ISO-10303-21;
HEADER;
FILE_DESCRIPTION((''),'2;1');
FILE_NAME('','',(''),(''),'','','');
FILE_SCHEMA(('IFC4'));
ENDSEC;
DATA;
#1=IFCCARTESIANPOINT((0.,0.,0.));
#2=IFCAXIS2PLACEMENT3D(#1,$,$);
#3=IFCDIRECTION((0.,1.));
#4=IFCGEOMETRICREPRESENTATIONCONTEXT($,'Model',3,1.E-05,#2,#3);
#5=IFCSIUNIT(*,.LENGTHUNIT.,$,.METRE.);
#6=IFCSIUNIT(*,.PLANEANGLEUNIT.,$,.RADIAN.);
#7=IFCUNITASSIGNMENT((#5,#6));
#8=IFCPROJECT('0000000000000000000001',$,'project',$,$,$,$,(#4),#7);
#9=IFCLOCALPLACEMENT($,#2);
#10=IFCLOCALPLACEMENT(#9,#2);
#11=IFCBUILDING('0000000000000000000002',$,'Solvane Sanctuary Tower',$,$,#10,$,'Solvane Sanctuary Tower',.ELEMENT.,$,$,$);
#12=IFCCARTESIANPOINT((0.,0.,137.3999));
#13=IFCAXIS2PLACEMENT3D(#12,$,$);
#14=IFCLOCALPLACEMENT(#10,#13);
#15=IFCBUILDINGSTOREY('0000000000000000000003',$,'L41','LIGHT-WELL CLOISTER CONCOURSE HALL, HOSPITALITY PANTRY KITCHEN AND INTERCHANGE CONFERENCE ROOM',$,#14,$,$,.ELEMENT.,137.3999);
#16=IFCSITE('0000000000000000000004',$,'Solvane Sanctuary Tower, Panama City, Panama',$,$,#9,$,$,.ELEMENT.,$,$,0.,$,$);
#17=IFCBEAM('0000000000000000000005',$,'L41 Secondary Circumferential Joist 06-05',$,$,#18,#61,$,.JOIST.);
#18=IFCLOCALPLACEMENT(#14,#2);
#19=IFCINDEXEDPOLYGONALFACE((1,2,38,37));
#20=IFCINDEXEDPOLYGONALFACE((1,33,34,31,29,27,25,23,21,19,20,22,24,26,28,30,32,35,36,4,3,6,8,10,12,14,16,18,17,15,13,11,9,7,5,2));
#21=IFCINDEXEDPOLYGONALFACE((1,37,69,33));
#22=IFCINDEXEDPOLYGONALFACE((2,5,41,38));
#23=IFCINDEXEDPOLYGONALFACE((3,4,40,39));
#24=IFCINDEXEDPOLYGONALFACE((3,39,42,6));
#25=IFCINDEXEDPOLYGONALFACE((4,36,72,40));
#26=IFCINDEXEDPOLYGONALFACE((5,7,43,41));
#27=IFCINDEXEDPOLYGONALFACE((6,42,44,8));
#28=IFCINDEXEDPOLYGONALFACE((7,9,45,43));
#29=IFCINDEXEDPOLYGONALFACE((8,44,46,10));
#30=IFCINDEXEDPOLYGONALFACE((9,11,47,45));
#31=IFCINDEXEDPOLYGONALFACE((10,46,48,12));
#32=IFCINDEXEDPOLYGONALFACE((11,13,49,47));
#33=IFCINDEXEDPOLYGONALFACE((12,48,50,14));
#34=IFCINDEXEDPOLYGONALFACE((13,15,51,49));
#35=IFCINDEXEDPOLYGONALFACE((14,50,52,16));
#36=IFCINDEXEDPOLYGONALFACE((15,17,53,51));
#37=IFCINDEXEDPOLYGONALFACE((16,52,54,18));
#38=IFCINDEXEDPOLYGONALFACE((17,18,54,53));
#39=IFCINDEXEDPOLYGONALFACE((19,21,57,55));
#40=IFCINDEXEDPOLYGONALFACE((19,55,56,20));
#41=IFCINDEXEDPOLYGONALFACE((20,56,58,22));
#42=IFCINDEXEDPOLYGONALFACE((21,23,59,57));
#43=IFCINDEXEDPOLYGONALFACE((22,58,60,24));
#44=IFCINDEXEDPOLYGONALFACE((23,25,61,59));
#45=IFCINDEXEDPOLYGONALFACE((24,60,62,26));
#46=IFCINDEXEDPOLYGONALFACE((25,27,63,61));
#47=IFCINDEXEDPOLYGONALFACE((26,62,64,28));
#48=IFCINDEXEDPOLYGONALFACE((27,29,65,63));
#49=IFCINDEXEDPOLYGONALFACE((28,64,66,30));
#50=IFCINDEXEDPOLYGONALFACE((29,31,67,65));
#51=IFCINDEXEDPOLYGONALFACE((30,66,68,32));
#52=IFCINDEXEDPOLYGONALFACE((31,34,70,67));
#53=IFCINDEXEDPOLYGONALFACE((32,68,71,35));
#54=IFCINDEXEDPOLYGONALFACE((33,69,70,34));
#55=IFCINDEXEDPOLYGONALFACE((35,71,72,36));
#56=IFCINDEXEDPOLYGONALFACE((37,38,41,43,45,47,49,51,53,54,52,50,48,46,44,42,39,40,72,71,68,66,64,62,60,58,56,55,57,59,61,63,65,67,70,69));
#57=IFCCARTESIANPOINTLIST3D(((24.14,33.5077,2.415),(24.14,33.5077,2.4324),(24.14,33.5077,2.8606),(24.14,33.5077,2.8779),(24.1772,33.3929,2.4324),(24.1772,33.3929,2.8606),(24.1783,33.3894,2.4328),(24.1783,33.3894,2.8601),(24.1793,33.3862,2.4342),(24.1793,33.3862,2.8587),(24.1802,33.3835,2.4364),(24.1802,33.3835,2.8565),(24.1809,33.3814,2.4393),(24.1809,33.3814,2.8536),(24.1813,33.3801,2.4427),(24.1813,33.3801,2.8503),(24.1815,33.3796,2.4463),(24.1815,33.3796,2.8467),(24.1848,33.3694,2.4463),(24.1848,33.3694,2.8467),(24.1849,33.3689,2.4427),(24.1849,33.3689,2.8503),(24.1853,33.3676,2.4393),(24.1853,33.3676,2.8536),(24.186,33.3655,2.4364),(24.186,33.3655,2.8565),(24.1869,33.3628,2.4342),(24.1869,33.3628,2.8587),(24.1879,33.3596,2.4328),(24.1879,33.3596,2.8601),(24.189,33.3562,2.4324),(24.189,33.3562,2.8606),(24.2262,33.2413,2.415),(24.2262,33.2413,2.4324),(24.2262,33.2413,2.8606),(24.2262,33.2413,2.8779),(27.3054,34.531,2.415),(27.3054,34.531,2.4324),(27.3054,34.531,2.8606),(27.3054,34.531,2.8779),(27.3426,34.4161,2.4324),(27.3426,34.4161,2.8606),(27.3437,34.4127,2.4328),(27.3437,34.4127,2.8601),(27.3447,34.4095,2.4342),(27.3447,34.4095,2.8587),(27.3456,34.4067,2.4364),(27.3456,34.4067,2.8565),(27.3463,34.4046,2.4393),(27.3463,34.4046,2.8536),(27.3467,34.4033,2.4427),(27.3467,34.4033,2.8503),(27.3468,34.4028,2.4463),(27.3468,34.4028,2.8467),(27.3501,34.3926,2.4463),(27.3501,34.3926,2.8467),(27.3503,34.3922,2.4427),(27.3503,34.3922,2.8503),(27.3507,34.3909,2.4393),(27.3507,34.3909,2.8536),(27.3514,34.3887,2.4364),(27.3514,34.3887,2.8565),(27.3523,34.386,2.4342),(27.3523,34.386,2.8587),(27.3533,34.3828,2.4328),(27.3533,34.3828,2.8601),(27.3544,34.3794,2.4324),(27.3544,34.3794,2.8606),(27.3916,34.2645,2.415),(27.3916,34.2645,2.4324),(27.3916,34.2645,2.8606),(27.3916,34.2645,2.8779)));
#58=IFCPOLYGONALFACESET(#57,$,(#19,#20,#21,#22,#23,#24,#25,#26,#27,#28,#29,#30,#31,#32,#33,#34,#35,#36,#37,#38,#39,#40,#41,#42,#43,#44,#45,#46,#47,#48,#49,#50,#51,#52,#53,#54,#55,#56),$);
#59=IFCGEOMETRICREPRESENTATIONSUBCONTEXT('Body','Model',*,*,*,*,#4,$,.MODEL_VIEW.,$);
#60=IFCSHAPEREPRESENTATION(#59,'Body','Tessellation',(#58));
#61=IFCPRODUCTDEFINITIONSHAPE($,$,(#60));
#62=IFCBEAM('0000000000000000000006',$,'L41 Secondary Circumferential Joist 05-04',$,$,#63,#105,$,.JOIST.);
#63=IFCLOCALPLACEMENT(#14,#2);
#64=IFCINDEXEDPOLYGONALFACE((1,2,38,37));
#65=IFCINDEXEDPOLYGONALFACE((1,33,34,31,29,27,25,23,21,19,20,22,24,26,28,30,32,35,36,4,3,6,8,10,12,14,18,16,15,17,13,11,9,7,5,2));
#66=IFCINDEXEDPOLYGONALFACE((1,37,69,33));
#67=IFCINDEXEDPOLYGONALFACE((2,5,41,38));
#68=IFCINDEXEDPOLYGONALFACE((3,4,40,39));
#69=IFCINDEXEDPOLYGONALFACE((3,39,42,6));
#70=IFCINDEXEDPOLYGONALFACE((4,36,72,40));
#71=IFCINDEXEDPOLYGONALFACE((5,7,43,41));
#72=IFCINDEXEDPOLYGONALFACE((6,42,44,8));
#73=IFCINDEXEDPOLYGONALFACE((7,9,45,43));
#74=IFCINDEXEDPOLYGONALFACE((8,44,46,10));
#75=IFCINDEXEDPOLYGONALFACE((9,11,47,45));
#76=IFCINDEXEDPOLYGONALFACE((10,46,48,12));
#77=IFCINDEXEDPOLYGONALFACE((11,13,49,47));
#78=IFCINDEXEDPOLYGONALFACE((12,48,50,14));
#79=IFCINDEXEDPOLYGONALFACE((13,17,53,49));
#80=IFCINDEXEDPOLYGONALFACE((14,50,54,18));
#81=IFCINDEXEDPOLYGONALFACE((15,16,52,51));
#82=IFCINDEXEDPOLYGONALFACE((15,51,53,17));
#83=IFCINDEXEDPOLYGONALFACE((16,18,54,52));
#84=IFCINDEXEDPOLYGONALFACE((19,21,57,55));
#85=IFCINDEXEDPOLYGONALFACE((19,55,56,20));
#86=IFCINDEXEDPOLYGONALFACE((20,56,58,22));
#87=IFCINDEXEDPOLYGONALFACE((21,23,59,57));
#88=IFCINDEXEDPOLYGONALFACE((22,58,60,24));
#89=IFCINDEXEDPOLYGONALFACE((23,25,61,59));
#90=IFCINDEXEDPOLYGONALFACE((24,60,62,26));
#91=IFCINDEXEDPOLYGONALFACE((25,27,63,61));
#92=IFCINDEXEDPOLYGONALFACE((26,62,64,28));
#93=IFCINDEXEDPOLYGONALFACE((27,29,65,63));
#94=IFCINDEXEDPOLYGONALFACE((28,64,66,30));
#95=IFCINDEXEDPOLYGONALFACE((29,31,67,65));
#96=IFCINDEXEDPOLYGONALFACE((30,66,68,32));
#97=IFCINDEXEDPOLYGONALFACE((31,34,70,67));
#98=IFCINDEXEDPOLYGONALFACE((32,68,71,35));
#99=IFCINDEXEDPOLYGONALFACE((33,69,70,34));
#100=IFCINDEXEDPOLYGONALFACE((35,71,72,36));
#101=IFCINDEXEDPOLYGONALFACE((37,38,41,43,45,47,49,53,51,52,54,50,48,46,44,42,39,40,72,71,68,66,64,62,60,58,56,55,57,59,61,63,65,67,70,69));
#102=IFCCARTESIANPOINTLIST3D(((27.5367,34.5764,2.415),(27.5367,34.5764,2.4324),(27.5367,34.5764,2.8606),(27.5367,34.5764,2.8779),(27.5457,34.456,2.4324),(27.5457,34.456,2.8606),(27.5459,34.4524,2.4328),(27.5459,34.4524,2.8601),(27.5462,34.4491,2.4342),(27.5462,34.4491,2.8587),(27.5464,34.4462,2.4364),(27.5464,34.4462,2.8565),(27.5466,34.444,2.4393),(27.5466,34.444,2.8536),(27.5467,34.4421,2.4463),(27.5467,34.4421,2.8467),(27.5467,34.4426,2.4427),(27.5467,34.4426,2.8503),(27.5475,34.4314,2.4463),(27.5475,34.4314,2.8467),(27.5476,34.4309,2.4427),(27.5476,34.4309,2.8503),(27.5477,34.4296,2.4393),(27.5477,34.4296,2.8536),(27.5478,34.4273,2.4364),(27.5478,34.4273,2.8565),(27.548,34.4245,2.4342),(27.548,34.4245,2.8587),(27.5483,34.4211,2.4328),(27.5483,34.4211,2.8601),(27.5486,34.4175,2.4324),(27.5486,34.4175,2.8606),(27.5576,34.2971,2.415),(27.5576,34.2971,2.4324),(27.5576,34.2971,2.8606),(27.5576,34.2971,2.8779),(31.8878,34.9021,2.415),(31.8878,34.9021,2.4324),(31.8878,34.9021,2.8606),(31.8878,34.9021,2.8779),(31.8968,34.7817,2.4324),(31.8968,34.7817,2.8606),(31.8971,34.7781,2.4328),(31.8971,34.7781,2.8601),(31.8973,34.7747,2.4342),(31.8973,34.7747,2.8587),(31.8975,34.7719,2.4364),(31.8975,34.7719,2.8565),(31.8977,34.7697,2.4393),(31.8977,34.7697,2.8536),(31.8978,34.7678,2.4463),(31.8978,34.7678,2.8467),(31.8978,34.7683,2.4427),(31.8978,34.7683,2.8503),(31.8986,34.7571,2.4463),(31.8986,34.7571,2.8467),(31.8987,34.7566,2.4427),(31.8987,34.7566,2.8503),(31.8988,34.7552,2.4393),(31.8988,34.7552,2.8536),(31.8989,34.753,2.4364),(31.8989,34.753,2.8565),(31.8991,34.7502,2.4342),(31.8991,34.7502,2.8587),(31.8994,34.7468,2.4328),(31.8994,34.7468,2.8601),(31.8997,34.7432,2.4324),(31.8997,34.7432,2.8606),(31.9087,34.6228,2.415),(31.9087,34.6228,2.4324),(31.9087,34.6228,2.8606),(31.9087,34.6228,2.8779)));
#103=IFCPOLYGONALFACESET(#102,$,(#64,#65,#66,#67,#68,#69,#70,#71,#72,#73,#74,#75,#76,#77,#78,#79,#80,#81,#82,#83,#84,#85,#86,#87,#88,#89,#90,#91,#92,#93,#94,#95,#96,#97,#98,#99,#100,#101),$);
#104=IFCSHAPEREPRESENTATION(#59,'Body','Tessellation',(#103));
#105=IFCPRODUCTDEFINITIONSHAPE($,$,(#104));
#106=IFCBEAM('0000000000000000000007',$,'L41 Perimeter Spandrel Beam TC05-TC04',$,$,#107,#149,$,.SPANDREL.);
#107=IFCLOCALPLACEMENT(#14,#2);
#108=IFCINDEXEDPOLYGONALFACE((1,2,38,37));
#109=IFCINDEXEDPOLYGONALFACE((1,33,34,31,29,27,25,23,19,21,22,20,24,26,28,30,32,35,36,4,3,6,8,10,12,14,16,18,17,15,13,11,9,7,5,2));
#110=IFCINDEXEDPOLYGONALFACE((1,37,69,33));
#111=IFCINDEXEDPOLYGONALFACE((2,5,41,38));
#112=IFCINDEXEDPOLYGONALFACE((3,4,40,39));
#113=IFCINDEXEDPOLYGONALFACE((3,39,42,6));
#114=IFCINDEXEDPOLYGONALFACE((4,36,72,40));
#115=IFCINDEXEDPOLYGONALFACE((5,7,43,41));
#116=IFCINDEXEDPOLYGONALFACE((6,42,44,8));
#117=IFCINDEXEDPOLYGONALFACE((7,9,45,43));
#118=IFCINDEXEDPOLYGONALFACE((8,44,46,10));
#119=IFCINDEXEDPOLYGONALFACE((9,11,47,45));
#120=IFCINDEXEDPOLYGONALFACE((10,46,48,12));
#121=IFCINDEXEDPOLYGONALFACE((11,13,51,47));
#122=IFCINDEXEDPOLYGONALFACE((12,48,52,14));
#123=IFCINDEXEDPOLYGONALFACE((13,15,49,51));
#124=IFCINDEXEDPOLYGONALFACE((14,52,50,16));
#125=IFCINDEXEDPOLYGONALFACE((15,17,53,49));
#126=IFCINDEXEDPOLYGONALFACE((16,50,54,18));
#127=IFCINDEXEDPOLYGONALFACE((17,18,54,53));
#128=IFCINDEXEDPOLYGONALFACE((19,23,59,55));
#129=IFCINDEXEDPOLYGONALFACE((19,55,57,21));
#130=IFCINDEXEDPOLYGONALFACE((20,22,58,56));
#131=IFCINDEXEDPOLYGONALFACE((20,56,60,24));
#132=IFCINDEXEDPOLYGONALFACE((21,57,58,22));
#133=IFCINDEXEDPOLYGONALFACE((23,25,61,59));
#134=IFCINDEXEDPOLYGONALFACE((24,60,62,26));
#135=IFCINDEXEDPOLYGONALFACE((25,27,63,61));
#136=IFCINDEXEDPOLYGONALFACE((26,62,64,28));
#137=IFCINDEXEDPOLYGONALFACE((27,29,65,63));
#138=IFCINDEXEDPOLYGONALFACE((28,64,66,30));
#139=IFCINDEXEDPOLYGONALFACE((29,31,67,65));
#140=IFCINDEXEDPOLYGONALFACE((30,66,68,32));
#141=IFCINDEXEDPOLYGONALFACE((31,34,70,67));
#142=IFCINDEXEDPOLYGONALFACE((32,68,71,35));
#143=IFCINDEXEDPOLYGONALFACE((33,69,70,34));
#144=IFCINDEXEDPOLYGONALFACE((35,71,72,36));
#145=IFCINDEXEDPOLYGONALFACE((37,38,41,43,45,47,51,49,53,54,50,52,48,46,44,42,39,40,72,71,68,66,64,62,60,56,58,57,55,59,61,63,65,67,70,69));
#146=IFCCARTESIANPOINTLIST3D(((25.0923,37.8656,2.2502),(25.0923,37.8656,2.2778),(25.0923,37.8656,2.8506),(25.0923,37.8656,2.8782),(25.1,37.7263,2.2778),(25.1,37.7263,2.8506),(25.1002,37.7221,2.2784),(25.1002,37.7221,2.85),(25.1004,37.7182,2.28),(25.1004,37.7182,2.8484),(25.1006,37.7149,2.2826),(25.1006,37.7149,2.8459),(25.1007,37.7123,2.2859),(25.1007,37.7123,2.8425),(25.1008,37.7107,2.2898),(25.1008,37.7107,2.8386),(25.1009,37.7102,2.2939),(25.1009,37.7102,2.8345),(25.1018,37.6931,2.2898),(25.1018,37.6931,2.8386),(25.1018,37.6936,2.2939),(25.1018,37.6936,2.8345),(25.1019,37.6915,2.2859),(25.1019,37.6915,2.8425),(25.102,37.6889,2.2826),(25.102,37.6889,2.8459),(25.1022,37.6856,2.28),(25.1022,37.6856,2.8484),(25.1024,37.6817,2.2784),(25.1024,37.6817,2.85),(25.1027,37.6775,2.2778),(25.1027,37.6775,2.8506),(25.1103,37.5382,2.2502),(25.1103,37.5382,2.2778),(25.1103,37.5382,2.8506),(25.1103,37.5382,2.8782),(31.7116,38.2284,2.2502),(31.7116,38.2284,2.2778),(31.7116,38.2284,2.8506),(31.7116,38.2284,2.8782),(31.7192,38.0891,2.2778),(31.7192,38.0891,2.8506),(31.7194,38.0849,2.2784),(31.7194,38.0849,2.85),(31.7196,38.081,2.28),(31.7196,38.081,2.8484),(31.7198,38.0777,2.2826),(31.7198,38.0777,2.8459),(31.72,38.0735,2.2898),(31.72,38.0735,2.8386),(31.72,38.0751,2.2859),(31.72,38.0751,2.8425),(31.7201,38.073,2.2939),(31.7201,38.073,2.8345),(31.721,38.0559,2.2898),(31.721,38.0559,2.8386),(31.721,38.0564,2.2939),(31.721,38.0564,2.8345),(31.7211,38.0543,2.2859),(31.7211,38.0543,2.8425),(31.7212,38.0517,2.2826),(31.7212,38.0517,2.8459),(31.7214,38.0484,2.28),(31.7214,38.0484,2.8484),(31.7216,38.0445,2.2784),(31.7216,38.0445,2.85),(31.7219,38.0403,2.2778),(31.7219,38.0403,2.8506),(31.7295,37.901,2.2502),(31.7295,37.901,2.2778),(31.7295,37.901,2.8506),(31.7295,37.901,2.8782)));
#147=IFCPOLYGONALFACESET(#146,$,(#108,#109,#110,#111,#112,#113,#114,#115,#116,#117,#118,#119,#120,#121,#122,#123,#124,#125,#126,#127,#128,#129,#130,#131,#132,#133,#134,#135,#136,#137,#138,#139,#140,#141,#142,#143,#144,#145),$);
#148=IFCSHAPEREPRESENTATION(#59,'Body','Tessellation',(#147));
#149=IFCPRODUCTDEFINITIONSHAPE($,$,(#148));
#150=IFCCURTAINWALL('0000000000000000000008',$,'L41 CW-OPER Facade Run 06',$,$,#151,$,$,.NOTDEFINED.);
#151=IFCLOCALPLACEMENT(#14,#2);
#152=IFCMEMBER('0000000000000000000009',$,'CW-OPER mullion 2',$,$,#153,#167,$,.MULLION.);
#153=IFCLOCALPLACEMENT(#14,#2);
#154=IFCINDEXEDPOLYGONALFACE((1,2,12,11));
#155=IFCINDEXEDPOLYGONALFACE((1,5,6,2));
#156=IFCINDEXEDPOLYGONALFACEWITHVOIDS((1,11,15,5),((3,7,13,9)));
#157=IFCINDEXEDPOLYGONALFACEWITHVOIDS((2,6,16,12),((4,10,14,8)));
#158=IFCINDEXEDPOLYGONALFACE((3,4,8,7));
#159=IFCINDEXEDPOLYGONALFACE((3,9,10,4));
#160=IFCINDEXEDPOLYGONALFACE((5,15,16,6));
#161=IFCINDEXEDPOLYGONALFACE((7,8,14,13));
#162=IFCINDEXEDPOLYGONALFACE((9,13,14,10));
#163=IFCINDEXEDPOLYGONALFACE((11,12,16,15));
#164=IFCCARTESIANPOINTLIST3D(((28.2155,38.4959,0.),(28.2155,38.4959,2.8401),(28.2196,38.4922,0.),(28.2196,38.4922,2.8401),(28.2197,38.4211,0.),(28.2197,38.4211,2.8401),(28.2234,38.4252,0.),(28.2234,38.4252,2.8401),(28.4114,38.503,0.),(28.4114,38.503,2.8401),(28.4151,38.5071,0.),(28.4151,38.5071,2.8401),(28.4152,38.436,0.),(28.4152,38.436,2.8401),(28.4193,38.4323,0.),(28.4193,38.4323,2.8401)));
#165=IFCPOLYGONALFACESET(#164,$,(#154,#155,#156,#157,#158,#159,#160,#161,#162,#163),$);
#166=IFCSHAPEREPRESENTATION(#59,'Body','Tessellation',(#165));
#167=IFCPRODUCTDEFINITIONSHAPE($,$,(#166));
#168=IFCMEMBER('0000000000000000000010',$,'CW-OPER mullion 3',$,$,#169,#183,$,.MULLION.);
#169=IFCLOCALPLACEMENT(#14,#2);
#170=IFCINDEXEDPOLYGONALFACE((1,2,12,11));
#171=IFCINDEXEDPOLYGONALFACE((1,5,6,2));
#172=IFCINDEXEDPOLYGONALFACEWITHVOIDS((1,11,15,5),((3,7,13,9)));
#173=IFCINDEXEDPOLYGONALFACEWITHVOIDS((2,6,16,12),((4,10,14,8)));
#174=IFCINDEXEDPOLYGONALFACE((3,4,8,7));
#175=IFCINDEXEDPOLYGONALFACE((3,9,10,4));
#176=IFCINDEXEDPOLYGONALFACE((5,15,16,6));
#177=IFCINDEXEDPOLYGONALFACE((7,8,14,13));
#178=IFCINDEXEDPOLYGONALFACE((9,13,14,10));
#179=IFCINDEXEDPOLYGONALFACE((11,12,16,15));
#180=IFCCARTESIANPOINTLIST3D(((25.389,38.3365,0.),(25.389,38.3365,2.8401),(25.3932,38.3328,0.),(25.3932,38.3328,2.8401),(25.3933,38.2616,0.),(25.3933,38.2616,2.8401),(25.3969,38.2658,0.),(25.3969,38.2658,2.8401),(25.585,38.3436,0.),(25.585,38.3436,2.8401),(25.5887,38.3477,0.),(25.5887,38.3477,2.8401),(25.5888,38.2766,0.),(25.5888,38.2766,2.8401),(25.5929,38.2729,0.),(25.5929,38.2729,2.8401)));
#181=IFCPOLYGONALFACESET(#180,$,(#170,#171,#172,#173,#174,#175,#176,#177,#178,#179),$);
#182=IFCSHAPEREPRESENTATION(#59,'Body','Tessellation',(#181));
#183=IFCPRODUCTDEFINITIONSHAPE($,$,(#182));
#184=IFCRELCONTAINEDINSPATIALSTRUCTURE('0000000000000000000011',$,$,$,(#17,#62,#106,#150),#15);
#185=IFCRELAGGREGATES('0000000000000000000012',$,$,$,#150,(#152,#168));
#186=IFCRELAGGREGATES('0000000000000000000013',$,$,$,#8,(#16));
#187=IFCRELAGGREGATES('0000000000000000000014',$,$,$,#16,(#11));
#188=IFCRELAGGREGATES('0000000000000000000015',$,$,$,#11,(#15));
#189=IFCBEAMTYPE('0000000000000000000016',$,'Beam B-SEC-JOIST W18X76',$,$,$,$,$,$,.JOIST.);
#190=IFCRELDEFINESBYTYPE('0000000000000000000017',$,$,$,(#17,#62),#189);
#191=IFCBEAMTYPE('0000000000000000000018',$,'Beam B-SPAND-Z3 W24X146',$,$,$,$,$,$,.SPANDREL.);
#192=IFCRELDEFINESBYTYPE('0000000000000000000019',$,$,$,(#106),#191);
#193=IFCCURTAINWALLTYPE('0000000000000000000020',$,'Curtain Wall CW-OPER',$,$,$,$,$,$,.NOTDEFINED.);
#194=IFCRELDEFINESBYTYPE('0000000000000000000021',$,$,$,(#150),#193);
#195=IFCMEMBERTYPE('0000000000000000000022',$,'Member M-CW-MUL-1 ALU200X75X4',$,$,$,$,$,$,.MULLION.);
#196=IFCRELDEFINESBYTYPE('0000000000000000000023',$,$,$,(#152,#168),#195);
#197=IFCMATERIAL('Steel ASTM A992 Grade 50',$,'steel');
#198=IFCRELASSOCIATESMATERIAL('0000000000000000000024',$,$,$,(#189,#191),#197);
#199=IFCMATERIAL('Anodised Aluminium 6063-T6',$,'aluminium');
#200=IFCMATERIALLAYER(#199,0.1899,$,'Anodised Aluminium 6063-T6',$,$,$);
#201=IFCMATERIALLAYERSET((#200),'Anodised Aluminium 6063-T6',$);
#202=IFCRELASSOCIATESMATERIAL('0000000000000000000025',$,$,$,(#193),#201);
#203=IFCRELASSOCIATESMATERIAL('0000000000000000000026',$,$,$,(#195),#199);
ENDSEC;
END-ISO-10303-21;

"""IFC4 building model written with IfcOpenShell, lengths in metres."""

from ifc_helpers import new_model, si_unit, direction, frame, origin, origin_2d, place, context, subcontext, project, spatial, hollow_rectangle, i_section, extrude, material, layer, layer_set, material_profile, profile_set, type_object, element, aggregate, save


model = new_model("IFC4")

# Units and contexts
model_context = context("Model", 3, precision=1e-05, world=origin(), true_north=direction((0.0, 1.0)))
body_context = subcontext(model_context, "Body", "Model", "MODEL_VIEW")
ifc_project = project(units=[si_unit("LENGTHUNIT", "METRE"), si_unit("PLANEANGLEUNIT", "RADIAN")], contexts=[model_context])

# Site, building, storey
site_placement = place(None, origin())
site = spatial("IfcSite", under=ifc_project, at=site_placement, Name="Solvane Sanctuary Tower, Panama City, Panama", CompositionType="ELEMENT", RefElevation=0.0)
building_placement = place(site_placement, origin())
building = spatial("IfcBuilding", under=site, at=building_placement, Name="Solvane Sanctuary Tower", LongName="Solvane Sanctuary Tower", CompositionType="ELEMENT")
storey_placement = place(building_placement, frame((0.0, 0.0, 137.3999)))
storey = spatial("IfcBuildingStorey", under=building, at=storey_placement, Name="L41", Description="LIGHT-WELL CLOISTER CONCOURSE HALL, HOSPITALITY PANTRY KITCHEN AND INTERCHANGE CONFERENCE ROOM", CompositionType="ELEMENT", Elevation=137.3999)

# Beams
ifc_material_1 = material(Name="Steel ASTM A992 Grade 50", Category="steel")
ifc_material_profile_1 = material_profile(ifc_material_1, i_section(OverallWidth=0.28, OverallDepth=0.4629, WebThickness=0.0107, FlangeThickness=0.0173, FilletRadius=0.0139, at=origin_2d()), Name="W18X76")
ifc_profile_set_1 = profile_set([ifc_material_profile_1], Name="Steel ASTM A992 Grade 50")
beam_type_1 = type_object("IfcBeamType", Name="Beam B-SEC-JOIST W18X76", PredefinedType="JOIST", material=ifc_profile_set_1)
beam_1_placement = place(storey_placement, frame((24.1831, 33.3745, 2.6465), z_axis=(0.951521, 0.307584, 0.0), x_axis=(-0.307584, 0.951521, 0.0)))
element("IfcBeam", 1, at=beam_1_placement, inside=storey, type_object=beam_type_1, Name="L41 Secondary Circumferential Joist 06-05", PredefinedType="JOIST", context=body_context, shape_type="SweptSolid", body=[
    extrude(i_section(OverallWidth=0.28, OverallDepth=0.4629, WebThickness=0.0107, FlangeThickness=0.0173, FilletRadius=0.0139, at=origin_2d()), origin(), (0.0, 0.0, 1.0), 3.3267),
])
beam_2_placement = place(storey_placement, frame((27.5471, 34.4368, 2.6465), z_axis=(0.99721, 0.074642, 0.0), x_axis=(-0.074642, 0.99721, 0.0)))
element("IfcBeam", 2, at=beam_2_placement, inside=storey, type_object=beam_type_1, Name="L41 Secondary Circumferential Joist 05-04", PredefinedType="JOIST", context=body_context, shape_type="SweptSolid", body=[
    extrude(i_section(OverallWidth=0.28, OverallDepth=0.4629, WebThickness=0.0107, FlangeThickness=0.0173, FilletRadius=0.0139, at=origin_2d()), origin(), (0.0, 0.0, 1.0), 4.3633),
])
ifc_material_profile_2 = material_profile(ifc_material_1, i_section(OverallWidth=0.3279, OverallDepth=0.6279, WebThickness=0.0166, FlangeThickness=0.0276, FilletRadius=0.0161, at=origin_2d()), Name="W24X146")
ifc_profile_set_2 = profile_set([ifc_material_profile_2], Name="Steel ASTM A992 Grade 50")
beam_type_2 = type_object("IfcBeamType", Name="Beam B-SPAND-Z3 W24X146", PredefinedType="SPANDREL", material=ifc_profile_set_2)
beam_3_placement = place(storey_placement, frame((25.1013, 37.7019, 2.5642), z_axis=(0.998501, 0.054728, 0.0), x_axis=(-0.054728, 0.998501, 0.0)))
element("IfcBeam", 3, at=beam_3_placement, inside=storey, type_object=beam_type_2, Name="L41 Perimeter Spandrel Beam TC05-TC04", PredefinedType="SPANDREL", context=body_context, shape_type="SweptSolid", body=[
    extrude(i_section(OverallWidth=0.3279, OverallDepth=0.6279, WebThickness=0.0166, FlangeThickness=0.0276, FilletRadius=0.0161, at=origin_2d()), origin(), (0.0, 0.0, 1.0), 6.6292),
])

# Curtain wall, members
ifc_material_2 = material(Name="Anodised Aluminium 6063-T6", Category="aluminium")
ifc_layer_1 = layer(ifc_material_2, 0.1899, Name="Anodised Aluminium 6063-T6")
ifc_layer_set_1 = layer_set([ifc_layer_1], Name="Anodised Aluminium 6063-T6")
curtain_wall_type = type_object("IfcCurtainWallType", Name="Curtain Wall CW-OPER", PredefinedType="NOTDEFINED", material=ifc_layer_set_1)
curtain_wall_1_placement = place(storey_placement, origin())
curtain_wall_1 = element("IfcCurtainWall", 4, at=curtain_wall_1_placement, inside=storey, type_object=curtain_wall_type, Name="L41 CW-OPER Facade Run 06", PredefinedType="NOTDEFINED")
ifc_material_profile_3 = material_profile(ifc_material_2, hollow_rectangle(XDim=0.075, YDim=0.2, WallThickness=0.0039, at=origin_2d()), Name="ALU200X75X4")
ifc_profile_set_3 = profile_set([ifc_material_profile_3], Name="Anodised Aluminium 6063-T6")
member_type_1 = type_object("IfcMemberType", Name="Member M-CW-MUL-1 ALU200X75X4", PredefinedType="MULLION", material=ifc_profile_set_3)
member_1_placement = place(storey_placement, frame((28.3174, 38.4641, 0.0), z_axis=(0.0, 0.0, 1.0), x_axis=(0.056233, -0.998418, 0.0)))
member_1 = element("IfcMember", 5, at=member_1_placement, type_object=member_type_1, Name="CW-OPER mullion 2", PredefinedType="MULLION", context=body_context, shape_type="SweptSolid", body=[
    extrude(hollow_rectangle(XDim=0.075, YDim=0.2, WallThickness=0.0039, at=origin_2d()), origin(), (0.0, 0.0, 1.0), 2.8401),
])
member_2_placement = place(storey_placement, frame((25.491, 38.3047, 0.0), z_axis=(0.0, 0.0, 1.0), x_axis=(0.056233, -0.998418, 0.0)))
member_2 = element("IfcMember", 6, at=member_2_placement, type_object=member_type_1, Name="CW-OPER mullion 3", PredefinedType="MULLION", context=body_context, shape_type="SweptSolid", body=[
    extrude(hollow_rectangle(XDim=0.075, YDim=0.2, WallThickness=0.0039, at=origin_2d()), origin(), (0.0, 0.0, 1.0), 2.8401),
])

aggregate(curtain_wall_1, [member_1, member_2])

save(model, "model.ifc")
